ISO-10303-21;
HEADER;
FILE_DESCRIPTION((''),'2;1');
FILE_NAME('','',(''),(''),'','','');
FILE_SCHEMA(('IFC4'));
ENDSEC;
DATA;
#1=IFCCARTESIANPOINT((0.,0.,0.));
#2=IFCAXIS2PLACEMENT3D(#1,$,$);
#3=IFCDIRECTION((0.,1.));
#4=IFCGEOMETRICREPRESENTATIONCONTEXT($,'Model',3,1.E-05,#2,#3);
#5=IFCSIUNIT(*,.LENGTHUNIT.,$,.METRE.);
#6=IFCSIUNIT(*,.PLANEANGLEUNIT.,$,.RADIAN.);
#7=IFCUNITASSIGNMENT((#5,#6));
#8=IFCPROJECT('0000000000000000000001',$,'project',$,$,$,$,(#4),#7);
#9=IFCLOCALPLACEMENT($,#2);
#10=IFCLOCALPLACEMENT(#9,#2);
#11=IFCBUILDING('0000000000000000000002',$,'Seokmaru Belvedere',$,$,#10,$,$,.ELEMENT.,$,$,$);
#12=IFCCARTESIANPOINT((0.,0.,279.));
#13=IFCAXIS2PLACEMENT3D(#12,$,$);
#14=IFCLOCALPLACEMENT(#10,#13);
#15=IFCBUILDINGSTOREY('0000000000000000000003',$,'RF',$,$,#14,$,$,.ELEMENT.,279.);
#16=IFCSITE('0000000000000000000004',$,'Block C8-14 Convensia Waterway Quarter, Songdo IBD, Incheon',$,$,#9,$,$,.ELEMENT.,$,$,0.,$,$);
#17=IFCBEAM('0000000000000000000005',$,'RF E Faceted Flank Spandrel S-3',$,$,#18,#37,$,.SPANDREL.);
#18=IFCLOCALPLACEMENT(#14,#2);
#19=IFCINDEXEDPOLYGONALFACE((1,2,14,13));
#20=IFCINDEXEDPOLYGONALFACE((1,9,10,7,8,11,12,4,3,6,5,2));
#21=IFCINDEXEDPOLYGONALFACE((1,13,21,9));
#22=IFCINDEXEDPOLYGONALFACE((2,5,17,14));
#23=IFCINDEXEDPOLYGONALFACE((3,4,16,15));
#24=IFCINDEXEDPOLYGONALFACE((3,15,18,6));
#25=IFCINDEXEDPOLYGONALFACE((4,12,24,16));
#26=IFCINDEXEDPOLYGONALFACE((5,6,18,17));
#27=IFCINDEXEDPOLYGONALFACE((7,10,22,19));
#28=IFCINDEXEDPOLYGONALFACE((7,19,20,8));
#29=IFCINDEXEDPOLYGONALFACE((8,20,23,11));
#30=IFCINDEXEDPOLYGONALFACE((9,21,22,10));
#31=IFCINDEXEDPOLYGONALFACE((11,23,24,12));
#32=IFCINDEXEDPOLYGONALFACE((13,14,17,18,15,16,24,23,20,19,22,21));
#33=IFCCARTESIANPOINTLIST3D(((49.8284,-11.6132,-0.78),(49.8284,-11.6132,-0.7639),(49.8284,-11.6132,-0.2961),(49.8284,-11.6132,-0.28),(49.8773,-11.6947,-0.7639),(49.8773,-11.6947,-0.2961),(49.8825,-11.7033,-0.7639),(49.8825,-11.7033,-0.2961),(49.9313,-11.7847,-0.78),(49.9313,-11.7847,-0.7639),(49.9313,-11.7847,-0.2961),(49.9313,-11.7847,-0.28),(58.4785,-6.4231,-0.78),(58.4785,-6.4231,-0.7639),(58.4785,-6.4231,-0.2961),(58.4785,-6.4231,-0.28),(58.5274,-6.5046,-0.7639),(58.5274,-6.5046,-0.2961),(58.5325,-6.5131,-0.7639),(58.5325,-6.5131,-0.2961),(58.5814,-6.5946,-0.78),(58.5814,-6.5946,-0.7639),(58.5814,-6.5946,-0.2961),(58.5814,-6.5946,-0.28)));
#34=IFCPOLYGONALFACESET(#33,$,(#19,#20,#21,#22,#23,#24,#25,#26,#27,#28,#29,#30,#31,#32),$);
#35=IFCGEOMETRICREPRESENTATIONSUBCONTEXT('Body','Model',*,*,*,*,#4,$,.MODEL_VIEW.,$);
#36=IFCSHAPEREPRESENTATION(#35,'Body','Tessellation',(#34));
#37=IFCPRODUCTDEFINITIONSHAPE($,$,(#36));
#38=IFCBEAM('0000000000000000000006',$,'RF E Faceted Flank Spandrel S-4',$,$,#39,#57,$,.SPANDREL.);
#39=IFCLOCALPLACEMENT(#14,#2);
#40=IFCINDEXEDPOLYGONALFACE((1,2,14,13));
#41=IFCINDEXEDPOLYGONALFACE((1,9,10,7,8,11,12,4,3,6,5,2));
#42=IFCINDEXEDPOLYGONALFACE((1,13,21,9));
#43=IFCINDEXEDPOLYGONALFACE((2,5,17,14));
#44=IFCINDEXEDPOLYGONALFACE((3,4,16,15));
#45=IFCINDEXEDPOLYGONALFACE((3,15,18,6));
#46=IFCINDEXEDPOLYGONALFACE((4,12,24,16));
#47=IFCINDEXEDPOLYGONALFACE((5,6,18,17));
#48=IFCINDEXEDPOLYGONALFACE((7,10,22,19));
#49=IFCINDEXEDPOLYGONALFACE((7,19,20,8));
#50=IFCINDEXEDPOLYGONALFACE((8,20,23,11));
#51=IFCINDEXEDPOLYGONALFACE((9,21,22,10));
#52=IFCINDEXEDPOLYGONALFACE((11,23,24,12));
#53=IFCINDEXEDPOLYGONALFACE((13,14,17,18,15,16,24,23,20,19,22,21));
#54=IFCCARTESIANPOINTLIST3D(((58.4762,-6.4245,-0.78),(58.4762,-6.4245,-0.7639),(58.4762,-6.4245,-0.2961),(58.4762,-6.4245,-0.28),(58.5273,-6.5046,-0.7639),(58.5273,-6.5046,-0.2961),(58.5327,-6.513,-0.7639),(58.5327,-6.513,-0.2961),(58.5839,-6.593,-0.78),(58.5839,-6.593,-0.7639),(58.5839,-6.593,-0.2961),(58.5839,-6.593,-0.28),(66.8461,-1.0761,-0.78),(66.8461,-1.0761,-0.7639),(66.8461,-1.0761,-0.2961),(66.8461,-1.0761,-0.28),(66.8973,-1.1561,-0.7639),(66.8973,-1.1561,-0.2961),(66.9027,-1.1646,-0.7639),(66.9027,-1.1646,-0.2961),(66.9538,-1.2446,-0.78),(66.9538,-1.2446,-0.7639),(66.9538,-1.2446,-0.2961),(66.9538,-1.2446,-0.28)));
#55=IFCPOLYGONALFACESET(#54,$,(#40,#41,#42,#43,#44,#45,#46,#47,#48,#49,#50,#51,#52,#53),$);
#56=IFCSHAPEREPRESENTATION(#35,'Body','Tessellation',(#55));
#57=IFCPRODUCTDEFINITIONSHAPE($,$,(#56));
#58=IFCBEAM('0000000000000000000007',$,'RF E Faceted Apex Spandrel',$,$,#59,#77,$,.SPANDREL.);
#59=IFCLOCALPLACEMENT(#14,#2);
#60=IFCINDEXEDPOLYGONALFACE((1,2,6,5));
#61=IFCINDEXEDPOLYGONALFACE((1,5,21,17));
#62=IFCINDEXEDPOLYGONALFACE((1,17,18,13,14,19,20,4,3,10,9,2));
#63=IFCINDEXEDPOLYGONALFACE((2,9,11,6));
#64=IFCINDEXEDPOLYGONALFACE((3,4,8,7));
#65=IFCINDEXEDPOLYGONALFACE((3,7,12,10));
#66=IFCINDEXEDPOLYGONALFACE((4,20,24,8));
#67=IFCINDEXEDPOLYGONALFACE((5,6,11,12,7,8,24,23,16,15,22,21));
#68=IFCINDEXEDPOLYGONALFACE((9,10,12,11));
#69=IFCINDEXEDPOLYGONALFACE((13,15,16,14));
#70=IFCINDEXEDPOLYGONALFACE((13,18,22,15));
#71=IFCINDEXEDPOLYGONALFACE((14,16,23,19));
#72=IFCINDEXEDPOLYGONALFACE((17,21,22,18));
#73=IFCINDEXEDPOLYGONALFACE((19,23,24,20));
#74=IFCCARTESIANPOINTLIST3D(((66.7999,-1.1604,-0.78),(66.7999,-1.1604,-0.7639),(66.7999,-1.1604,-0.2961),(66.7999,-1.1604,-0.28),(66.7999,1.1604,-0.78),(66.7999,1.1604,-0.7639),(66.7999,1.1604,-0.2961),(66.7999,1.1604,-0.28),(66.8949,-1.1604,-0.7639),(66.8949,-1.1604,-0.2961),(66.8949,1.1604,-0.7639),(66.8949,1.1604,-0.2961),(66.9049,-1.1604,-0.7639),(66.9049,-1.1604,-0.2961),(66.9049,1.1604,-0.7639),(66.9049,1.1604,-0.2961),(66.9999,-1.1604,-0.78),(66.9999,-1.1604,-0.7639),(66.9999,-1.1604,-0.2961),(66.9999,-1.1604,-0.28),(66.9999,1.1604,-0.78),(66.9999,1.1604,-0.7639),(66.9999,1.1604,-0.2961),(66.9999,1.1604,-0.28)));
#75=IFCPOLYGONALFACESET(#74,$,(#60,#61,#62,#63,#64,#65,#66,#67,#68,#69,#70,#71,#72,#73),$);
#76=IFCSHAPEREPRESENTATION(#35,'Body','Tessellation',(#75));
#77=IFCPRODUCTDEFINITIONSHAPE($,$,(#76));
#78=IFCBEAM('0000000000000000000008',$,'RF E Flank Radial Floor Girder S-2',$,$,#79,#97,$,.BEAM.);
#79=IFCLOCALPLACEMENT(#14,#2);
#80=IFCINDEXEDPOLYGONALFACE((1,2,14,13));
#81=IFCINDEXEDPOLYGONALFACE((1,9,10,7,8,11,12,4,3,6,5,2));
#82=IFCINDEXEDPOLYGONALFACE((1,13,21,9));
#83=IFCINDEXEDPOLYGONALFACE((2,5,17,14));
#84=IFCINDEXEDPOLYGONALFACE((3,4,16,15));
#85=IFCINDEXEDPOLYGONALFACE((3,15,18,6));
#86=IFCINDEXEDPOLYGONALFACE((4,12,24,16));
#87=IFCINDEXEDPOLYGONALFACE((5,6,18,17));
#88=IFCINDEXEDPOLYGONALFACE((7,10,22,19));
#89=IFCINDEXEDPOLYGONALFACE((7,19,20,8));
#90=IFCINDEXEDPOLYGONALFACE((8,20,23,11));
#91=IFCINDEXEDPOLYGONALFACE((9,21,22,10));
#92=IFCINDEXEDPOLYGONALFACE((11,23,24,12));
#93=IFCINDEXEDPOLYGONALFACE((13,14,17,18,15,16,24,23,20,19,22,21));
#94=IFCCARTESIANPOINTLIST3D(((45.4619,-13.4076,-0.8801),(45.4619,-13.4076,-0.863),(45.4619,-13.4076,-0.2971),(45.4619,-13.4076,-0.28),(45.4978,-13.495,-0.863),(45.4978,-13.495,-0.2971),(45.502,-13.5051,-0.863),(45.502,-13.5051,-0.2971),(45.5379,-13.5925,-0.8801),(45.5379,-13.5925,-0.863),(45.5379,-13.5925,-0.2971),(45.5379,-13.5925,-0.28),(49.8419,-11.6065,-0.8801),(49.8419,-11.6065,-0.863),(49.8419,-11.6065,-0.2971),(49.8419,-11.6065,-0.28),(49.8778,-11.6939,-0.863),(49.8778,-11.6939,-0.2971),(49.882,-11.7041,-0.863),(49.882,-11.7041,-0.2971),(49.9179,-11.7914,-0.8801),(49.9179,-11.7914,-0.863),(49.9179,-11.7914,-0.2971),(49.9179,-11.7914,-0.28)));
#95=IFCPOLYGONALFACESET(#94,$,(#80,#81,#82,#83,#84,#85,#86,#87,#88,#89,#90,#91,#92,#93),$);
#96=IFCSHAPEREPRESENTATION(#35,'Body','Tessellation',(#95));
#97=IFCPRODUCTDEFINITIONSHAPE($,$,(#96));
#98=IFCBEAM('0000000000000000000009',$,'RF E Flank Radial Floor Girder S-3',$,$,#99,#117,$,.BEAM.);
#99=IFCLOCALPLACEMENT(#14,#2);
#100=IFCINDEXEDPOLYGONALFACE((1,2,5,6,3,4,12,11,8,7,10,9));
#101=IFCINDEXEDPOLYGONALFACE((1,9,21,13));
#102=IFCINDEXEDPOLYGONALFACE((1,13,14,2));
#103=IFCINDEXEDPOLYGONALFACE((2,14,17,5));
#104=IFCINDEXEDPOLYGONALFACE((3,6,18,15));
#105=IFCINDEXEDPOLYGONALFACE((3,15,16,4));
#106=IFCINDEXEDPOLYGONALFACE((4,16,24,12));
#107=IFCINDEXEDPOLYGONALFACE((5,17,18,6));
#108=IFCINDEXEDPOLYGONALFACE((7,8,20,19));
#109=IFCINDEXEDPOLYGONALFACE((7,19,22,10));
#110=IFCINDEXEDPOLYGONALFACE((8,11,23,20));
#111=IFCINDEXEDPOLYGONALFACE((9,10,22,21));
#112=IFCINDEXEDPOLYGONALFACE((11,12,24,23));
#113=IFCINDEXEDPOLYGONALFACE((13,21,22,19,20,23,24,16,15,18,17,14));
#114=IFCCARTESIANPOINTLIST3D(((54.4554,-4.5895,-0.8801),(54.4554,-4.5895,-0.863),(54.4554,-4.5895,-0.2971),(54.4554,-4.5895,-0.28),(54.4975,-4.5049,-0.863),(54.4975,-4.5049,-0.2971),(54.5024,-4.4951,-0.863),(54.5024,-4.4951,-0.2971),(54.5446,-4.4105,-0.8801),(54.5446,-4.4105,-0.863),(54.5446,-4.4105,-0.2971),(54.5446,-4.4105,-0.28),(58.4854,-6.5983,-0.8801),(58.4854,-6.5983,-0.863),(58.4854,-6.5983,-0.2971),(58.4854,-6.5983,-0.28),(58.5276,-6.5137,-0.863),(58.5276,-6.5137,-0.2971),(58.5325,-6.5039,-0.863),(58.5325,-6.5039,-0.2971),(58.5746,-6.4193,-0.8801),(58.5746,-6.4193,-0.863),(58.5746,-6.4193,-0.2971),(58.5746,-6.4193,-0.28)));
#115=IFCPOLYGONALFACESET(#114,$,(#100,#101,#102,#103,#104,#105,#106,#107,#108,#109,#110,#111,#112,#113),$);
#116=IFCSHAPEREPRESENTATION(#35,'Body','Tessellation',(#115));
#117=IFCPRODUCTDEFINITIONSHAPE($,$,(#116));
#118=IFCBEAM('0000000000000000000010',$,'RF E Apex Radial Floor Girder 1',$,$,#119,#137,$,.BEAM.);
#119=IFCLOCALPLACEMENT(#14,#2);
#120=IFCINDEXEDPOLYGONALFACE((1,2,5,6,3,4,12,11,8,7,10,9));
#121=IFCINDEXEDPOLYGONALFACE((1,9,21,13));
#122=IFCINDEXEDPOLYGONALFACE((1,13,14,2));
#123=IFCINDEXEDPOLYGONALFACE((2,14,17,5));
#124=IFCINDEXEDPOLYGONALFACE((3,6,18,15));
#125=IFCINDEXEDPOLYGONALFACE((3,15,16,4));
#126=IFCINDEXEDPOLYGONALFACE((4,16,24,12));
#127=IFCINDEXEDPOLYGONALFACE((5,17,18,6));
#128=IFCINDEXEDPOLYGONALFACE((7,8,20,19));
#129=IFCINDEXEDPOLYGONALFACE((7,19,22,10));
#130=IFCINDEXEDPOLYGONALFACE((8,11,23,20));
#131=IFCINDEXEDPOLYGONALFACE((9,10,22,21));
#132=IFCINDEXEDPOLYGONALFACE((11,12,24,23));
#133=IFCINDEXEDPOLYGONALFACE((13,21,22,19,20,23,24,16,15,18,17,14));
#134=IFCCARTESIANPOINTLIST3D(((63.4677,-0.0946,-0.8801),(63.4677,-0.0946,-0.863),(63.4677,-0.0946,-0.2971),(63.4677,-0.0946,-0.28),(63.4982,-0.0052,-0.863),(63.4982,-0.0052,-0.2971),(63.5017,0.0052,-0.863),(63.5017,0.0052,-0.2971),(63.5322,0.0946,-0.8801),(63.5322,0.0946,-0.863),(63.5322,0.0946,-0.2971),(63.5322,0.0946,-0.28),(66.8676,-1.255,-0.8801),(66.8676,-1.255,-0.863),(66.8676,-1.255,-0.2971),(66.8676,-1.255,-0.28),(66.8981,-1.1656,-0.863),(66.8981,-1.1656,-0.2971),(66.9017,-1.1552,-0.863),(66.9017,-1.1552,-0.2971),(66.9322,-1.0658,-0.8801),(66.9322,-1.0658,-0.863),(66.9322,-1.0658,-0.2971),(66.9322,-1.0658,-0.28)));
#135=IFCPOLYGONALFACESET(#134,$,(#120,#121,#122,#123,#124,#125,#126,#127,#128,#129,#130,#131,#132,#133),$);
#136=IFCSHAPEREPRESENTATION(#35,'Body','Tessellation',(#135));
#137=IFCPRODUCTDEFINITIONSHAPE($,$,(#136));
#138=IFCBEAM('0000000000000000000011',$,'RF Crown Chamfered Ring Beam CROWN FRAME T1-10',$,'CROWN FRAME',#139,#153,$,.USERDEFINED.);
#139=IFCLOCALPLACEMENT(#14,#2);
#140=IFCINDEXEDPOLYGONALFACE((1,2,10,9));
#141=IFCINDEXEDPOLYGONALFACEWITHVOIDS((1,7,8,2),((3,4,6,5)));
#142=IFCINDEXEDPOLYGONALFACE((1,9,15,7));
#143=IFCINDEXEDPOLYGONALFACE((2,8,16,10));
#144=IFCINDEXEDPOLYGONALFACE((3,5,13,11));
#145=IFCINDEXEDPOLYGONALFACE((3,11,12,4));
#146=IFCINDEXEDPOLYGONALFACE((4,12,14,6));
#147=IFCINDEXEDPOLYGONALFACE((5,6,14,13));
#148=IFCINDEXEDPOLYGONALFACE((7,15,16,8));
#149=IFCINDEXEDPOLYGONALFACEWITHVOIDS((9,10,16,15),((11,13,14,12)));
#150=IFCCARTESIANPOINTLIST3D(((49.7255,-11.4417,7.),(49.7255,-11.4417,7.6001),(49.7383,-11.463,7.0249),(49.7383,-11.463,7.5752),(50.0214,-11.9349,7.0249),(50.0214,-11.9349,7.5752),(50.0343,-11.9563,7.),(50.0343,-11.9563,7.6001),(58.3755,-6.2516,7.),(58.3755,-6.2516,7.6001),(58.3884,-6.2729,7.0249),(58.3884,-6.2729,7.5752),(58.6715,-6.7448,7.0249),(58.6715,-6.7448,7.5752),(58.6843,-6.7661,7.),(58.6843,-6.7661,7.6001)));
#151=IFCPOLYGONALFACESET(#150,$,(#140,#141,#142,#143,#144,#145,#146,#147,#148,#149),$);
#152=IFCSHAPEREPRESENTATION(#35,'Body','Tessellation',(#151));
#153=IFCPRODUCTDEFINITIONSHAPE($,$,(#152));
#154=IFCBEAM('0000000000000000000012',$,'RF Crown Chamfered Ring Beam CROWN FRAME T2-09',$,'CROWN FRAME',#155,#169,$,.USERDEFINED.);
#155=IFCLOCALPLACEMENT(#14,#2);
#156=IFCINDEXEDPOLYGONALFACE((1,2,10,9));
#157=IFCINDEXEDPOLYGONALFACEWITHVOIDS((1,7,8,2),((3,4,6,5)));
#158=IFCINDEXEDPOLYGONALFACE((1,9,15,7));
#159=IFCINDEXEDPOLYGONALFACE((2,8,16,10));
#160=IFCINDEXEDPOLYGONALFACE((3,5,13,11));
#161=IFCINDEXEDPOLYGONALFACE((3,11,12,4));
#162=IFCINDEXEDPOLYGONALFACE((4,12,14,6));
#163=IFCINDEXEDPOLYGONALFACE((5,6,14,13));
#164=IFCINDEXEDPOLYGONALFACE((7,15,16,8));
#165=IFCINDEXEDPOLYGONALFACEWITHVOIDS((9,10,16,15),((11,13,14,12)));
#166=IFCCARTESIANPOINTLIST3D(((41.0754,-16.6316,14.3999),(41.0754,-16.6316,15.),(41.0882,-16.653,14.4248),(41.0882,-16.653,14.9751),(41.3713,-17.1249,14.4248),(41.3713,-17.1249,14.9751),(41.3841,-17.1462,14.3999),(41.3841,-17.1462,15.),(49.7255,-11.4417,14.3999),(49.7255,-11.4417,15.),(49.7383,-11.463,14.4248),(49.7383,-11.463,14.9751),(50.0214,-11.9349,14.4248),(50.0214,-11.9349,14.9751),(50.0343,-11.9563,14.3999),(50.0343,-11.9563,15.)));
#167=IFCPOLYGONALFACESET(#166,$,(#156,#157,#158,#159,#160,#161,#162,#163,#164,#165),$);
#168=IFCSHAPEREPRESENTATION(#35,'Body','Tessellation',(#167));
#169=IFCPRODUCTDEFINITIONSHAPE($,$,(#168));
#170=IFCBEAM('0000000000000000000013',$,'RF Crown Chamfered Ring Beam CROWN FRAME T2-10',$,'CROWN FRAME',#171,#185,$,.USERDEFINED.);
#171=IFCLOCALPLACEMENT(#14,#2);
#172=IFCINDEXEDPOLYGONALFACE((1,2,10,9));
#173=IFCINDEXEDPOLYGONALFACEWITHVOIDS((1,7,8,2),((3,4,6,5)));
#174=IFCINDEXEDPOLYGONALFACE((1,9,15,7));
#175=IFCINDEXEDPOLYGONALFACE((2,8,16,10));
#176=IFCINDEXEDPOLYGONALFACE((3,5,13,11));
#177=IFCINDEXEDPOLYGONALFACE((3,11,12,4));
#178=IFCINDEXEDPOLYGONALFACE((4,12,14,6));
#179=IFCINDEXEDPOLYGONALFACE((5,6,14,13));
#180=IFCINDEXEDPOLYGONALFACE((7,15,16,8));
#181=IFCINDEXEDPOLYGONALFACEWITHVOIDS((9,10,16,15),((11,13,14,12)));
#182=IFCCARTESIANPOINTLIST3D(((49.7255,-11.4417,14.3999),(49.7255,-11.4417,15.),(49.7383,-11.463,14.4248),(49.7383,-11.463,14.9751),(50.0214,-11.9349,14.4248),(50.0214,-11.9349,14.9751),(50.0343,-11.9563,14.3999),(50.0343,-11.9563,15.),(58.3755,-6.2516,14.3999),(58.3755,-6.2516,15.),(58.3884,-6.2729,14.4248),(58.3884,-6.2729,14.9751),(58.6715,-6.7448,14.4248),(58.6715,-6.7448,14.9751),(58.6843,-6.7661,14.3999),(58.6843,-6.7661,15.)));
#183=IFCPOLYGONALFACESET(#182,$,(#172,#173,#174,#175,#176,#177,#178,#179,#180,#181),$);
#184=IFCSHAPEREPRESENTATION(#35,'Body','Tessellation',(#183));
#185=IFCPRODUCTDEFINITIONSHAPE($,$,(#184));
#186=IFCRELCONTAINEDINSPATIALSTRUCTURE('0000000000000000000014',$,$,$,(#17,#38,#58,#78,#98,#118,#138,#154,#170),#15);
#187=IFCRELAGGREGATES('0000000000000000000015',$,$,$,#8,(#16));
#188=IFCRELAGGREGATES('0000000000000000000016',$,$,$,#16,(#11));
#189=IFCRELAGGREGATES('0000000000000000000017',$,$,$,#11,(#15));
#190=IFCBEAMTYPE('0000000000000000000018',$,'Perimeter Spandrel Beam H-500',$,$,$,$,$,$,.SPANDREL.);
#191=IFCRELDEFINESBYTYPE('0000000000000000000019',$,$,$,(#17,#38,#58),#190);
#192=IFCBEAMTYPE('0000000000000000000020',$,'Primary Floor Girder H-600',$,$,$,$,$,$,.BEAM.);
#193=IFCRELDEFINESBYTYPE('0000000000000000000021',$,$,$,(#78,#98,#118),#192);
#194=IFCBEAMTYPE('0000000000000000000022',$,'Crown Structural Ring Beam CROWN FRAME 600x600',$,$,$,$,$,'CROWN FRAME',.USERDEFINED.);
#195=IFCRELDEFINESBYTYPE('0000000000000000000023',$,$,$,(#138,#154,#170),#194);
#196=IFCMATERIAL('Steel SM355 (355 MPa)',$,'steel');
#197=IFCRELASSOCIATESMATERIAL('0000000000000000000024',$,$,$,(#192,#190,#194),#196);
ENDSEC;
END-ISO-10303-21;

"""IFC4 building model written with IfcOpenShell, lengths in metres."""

from ifc_helpers import new_model, si_unit, direction, frame, origin, origin_2d, place, context, subcontext, project, spatial, hollow_rectangle, i_section, extrude, source, transform, mapped, material, material_profile, profile_set, type_object, type_shapes, element, save


model = new_model("IFC4")

# Units and contexts
model_context = context("Model", 3, precision=1e-05, world=origin(), true_north=direction((0.0, 1.0)))
body_context = subcontext(model_context, "Body", "Model", "MODEL_VIEW")
ifc_project = project(units=[si_unit("LENGTHUNIT", "METRE"), si_unit("PLANEANGLEUNIT", "RADIAN")], contexts=[model_context])

# Site, building, storey
site_placement = place(None, origin())
site = spatial("IfcSite", under=ifc_project, at=site_placement, Name="Block C8-14 Convensia Waterway Quarter, Songdo IBD, Incheon", CompositionType="ELEMENT", RefElevation=0.0)
building_placement = place(site_placement, origin())
building = spatial("IfcBuilding", under=site, at=building_placement, Name="Seokmaru Belvedere", CompositionType="ELEMENT")
storey_placement = place(building_placement, frame((0.0, 0.0, 279.0)))
storey = spatial("IfcBuildingStorey", under=building, at=storey_placement, Name="RF", CompositionType="ELEMENT", Elevation=279.0)

# Shared definitions
ifc_material_1 = material(Name="Steel SM355 (355 MPa)", Category="steel")

# Beams
ifc_material_profile_1 = material_profile(ifc_material_1, i_section(OverallWidth=0.2, OverallDepth=0.6001, WebThickness=0.011, FlangeThickness=0.0171, at=origin_2d()), Name="H-600x200x11x17")
ifc_profile_set_1 = profile_set([ifc_material_profile_1], Name="Steel SM355 (355 MPa)")
beam_type_1 = type_object("IfcBeamType", Name="Primary Floor Girder H-600", PredefinedType="BEAM", material=ifc_profile_set_1)
ifc_material_profile_2 = material_profile(ifc_material_1, i_section(OverallWidth=0.2, OverallDepth=0.5, WebThickness=0.01, FlangeThickness=0.0161, at=origin_2d()), Name="H-500x200x10x16")
ifc_profile_set_2 = profile_set([ifc_material_profile_2], Name="Steel SM355 (355 MPa)")
beam_type_2 = type_object("IfcBeamType", Name="Perimeter Spandrel Beam H-500", PredefinedType="SPANDREL", material=ifc_profile_set_2)
shared_shape_1 = source(origin(), body_context, "Body", "SweptSolid", [
    extrude(i_section(OverallWidth=0.2, OverallDepth=0.5, WebThickness=0.01, FlangeThickness=0.0161, at=origin_2d()), origin(), (0.0, 0.0, 1.0), 10.0876),
])
beam_1_placement = place(storey_placement, frame((49.8799, -11.699, -0.53), z_axis=(0.857489, 0.514503, 0.0), x_axis=(-0.514503, 0.857489, 0.0)))
element("IfcBeam", 1, at=beam_1_placement, inside=storey, type_object=beam_type_2, Name="RF E Faceted Flank Spandrel S-3", PredefinedType="SPANDREL", context=body_context, shape_type="MappedRepresentation", body=[
    mapped(shared_shape_1, transform((0.0, 0.0, 0.0), scale=1.0)),
])
shared_shape_2 = source(origin(), body_context, "Body", "SweptSolid", [
    extrude(i_section(OverallWidth=0.2, OverallDepth=0.5, WebThickness=0.01, FlangeThickness=0.0161, at=origin_2d()), origin(), (0.0, 0.0, 1.0), 9.9329),
])
beam_2_placement = place(storey_placement, frame((58.53, -6.5088, -0.53), z_axis=(0.842652, 0.538459, 0.0), x_axis=(-0.538459, 0.842652, 0.0)))
element("IfcBeam", 2, at=beam_2_placement, inside=storey, type_object=beam_type_2, Name="RF E Faceted Flank Spandrel S-4", PredefinedType="SPANDREL", context=body_context, shape_type="MappedRepresentation", body=[
    mapped(shared_shape_2, transform((0.0, 0.0, 0.0), scale=1.0)),
])
shared_shape_3 = source(origin(), body_context, "Body", "SweptSolid", [
    extrude(i_section(OverallWidth=0.2, OverallDepth=0.5, WebThickness=0.01, FlangeThickness=0.0161, at=origin_2d()), origin(), (0.0, 0.0, 1.0), 2.3208),
])
type_shapes(beam_type_2, [shared_shape_1, shared_shape_2, shared_shape_3])
beam_3_placement = place(storey_placement, frame((66.8999, -1.1604, -0.53), z_axis=(0.0, 1.0, 0.0), x_axis=(-1.0, 0.0, 0.0)))
element("IfcBeam", 3, at=beam_3_placement, inside=storey, type_object=beam_type_2, Name="RF E Faceted Apex Spandrel", PredefinedType="SPANDREL", context=body_context, shape_type="MappedRepresentation", body=[
    mapped(shared_shape_3, transform((0.0, 0.0, 0.0), scale=1.0)),
])
shared_shape_4 = source(origin(), body_context, "Body", "SweptSolid", [
    extrude(i_section(OverallWidth=0.2, OverallDepth=0.6001, WebThickness=0.011, FlangeThickness=0.0171, at=origin_2d()), origin(), (0.0, 0.0, 1.0), 4.7358),
])
beam_4_placement = place(storey_placement, frame((49.8799, -11.699, -0.5801), z_axis=(-0.924861, -0.380306, 0.0), x_axis=(0.380306, -0.924861, 0.0)))
element("IfcBeam", 4, at=beam_4_placement, inside=storey, type_object=beam_type_1, Name="RF E Flank Radial Floor Girder S-2", PredefinedType="BEAM", context=body_context, shape_type="MappedRepresentation", body=[
    mapped(shared_shape_4, transform((0.0, 0.0, 0.0), scale=1.0)),
])
shared_shape_5 = source(origin(), body_context, "Body", "SweptSolid", [
    extrude(i_section(OverallWidth=0.2, OverallDepth=0.6001, WebThickness=0.011, FlangeThickness=0.0171, at=origin_2d()), origin(), (0.0, 0.0, 1.0), 4.5029),
])
beam_5_placement = place(storey_placement, frame((58.53, -6.5088, -0.5801), z_axis=(-0.89498, 0.446107, 0.0), x_axis=(-0.446107, -0.89498, 0.0)))
element("IfcBeam", 5, at=beam_5_placement, inside=storey, type_object=beam_type_1, Name="RF E Flank Radial Floor Girder S-3", PredefinedType="BEAM", context=body_context, shape_type="MappedRepresentation", body=[
    mapped(shared_shape_5, transform((0.0, 0.0, 0.0), scale=1.0)),
])
shared_shape_6 = source(origin(), body_context, "Body", "SweptSolid", [
    extrude(i_section(OverallWidth=0.2, OverallDepth=0.6001, WebThickness=0.011, FlangeThickness=0.0171, at=origin_2d()), origin(), (0.0, 0.0, 1.0), 3.5925),
])
beam_6_placement = place(storey_placement, frame((66.8999, -1.1604, -0.5801), z_axis=(-0.946396, 0.323009, 0.0), x_axis=(-0.323009, -0.946396, 0.0)))
element("IfcBeam", 6, at=beam_6_placement, inside=storey, type_object=beam_type_1, Name="RF E Apex Radial Floor Girder 1", PredefinedType="BEAM", context=body_context, shape_type="MappedRepresentation", body=[
    mapped(shared_shape_6, transform((0.0, 0.0, 0.0), scale=1.0)),
])
ifc_material_profile_3 = material_profile(ifc_material_1, hollow_rectangle(XDim=0.6001, YDim=0.6001, WallThickness=0.0249, at=origin_2d()), Name="HSS-600x600x25")
ifc_profile_set_3 = profile_set([ifc_material_profile_3], Name="Steel SM355 (355 MPa)")
beam_type_3 = type_object("IfcBeamType", Name="Crown Structural Ring Beam CROWN FRAME 600x600", ElementType="CROWN FRAME", PredefinedType="USERDEFINED", material=ifc_profile_set_3)
shared_shape_7 = source(origin(), body_context, "Body", "SweptSolid", [
    extrude(hollow_rectangle(XDim=0.6001, YDim=0.6001, WallThickness=0.0249, at=origin_2d()), origin(), (0.0, 0.0, 1.0), 10.0876),
])
for number, where, z_axis, x_axis, name in (
    (7, (49.8799, -11.699, 7.3), (0.857489, 0.514503, 0.0), (-0.514503, 0.857489, 0.0), "RF Crown Chamfered Ring Beam CROWN FRAME T1-10"),
    (8, (41.2297, -16.8889, 14.7), (0.857499, 0.514485, 0.0), (-0.514485, 0.857499, 0.0), "RF Crown Chamfered Ring Beam CROWN FRAME T2-09"),
    (9, (49.8799, -11.699, 14.7), (0.857489, 0.514503, 0.0), (-0.514503, 0.857489, 0.0), "RF Crown Chamfered Ring Beam CROWN FRAME T2-10"),
):
    element("IfcBeam", number, at=place(storey_placement, frame(where, z_axis=z_axis, x_axis=x_axis)), inside=storey, type_object=beam_type_3, Name=name, ObjectType="CROWN FRAME", PredefinedType="USERDEFINED", context=body_context, shape_type="MappedRepresentation", body=[
        mapped(shared_shape_7, transform((0.0, 0.0, 0.0), scale=1.0)),
    ])

save(model, "model.ifc")
